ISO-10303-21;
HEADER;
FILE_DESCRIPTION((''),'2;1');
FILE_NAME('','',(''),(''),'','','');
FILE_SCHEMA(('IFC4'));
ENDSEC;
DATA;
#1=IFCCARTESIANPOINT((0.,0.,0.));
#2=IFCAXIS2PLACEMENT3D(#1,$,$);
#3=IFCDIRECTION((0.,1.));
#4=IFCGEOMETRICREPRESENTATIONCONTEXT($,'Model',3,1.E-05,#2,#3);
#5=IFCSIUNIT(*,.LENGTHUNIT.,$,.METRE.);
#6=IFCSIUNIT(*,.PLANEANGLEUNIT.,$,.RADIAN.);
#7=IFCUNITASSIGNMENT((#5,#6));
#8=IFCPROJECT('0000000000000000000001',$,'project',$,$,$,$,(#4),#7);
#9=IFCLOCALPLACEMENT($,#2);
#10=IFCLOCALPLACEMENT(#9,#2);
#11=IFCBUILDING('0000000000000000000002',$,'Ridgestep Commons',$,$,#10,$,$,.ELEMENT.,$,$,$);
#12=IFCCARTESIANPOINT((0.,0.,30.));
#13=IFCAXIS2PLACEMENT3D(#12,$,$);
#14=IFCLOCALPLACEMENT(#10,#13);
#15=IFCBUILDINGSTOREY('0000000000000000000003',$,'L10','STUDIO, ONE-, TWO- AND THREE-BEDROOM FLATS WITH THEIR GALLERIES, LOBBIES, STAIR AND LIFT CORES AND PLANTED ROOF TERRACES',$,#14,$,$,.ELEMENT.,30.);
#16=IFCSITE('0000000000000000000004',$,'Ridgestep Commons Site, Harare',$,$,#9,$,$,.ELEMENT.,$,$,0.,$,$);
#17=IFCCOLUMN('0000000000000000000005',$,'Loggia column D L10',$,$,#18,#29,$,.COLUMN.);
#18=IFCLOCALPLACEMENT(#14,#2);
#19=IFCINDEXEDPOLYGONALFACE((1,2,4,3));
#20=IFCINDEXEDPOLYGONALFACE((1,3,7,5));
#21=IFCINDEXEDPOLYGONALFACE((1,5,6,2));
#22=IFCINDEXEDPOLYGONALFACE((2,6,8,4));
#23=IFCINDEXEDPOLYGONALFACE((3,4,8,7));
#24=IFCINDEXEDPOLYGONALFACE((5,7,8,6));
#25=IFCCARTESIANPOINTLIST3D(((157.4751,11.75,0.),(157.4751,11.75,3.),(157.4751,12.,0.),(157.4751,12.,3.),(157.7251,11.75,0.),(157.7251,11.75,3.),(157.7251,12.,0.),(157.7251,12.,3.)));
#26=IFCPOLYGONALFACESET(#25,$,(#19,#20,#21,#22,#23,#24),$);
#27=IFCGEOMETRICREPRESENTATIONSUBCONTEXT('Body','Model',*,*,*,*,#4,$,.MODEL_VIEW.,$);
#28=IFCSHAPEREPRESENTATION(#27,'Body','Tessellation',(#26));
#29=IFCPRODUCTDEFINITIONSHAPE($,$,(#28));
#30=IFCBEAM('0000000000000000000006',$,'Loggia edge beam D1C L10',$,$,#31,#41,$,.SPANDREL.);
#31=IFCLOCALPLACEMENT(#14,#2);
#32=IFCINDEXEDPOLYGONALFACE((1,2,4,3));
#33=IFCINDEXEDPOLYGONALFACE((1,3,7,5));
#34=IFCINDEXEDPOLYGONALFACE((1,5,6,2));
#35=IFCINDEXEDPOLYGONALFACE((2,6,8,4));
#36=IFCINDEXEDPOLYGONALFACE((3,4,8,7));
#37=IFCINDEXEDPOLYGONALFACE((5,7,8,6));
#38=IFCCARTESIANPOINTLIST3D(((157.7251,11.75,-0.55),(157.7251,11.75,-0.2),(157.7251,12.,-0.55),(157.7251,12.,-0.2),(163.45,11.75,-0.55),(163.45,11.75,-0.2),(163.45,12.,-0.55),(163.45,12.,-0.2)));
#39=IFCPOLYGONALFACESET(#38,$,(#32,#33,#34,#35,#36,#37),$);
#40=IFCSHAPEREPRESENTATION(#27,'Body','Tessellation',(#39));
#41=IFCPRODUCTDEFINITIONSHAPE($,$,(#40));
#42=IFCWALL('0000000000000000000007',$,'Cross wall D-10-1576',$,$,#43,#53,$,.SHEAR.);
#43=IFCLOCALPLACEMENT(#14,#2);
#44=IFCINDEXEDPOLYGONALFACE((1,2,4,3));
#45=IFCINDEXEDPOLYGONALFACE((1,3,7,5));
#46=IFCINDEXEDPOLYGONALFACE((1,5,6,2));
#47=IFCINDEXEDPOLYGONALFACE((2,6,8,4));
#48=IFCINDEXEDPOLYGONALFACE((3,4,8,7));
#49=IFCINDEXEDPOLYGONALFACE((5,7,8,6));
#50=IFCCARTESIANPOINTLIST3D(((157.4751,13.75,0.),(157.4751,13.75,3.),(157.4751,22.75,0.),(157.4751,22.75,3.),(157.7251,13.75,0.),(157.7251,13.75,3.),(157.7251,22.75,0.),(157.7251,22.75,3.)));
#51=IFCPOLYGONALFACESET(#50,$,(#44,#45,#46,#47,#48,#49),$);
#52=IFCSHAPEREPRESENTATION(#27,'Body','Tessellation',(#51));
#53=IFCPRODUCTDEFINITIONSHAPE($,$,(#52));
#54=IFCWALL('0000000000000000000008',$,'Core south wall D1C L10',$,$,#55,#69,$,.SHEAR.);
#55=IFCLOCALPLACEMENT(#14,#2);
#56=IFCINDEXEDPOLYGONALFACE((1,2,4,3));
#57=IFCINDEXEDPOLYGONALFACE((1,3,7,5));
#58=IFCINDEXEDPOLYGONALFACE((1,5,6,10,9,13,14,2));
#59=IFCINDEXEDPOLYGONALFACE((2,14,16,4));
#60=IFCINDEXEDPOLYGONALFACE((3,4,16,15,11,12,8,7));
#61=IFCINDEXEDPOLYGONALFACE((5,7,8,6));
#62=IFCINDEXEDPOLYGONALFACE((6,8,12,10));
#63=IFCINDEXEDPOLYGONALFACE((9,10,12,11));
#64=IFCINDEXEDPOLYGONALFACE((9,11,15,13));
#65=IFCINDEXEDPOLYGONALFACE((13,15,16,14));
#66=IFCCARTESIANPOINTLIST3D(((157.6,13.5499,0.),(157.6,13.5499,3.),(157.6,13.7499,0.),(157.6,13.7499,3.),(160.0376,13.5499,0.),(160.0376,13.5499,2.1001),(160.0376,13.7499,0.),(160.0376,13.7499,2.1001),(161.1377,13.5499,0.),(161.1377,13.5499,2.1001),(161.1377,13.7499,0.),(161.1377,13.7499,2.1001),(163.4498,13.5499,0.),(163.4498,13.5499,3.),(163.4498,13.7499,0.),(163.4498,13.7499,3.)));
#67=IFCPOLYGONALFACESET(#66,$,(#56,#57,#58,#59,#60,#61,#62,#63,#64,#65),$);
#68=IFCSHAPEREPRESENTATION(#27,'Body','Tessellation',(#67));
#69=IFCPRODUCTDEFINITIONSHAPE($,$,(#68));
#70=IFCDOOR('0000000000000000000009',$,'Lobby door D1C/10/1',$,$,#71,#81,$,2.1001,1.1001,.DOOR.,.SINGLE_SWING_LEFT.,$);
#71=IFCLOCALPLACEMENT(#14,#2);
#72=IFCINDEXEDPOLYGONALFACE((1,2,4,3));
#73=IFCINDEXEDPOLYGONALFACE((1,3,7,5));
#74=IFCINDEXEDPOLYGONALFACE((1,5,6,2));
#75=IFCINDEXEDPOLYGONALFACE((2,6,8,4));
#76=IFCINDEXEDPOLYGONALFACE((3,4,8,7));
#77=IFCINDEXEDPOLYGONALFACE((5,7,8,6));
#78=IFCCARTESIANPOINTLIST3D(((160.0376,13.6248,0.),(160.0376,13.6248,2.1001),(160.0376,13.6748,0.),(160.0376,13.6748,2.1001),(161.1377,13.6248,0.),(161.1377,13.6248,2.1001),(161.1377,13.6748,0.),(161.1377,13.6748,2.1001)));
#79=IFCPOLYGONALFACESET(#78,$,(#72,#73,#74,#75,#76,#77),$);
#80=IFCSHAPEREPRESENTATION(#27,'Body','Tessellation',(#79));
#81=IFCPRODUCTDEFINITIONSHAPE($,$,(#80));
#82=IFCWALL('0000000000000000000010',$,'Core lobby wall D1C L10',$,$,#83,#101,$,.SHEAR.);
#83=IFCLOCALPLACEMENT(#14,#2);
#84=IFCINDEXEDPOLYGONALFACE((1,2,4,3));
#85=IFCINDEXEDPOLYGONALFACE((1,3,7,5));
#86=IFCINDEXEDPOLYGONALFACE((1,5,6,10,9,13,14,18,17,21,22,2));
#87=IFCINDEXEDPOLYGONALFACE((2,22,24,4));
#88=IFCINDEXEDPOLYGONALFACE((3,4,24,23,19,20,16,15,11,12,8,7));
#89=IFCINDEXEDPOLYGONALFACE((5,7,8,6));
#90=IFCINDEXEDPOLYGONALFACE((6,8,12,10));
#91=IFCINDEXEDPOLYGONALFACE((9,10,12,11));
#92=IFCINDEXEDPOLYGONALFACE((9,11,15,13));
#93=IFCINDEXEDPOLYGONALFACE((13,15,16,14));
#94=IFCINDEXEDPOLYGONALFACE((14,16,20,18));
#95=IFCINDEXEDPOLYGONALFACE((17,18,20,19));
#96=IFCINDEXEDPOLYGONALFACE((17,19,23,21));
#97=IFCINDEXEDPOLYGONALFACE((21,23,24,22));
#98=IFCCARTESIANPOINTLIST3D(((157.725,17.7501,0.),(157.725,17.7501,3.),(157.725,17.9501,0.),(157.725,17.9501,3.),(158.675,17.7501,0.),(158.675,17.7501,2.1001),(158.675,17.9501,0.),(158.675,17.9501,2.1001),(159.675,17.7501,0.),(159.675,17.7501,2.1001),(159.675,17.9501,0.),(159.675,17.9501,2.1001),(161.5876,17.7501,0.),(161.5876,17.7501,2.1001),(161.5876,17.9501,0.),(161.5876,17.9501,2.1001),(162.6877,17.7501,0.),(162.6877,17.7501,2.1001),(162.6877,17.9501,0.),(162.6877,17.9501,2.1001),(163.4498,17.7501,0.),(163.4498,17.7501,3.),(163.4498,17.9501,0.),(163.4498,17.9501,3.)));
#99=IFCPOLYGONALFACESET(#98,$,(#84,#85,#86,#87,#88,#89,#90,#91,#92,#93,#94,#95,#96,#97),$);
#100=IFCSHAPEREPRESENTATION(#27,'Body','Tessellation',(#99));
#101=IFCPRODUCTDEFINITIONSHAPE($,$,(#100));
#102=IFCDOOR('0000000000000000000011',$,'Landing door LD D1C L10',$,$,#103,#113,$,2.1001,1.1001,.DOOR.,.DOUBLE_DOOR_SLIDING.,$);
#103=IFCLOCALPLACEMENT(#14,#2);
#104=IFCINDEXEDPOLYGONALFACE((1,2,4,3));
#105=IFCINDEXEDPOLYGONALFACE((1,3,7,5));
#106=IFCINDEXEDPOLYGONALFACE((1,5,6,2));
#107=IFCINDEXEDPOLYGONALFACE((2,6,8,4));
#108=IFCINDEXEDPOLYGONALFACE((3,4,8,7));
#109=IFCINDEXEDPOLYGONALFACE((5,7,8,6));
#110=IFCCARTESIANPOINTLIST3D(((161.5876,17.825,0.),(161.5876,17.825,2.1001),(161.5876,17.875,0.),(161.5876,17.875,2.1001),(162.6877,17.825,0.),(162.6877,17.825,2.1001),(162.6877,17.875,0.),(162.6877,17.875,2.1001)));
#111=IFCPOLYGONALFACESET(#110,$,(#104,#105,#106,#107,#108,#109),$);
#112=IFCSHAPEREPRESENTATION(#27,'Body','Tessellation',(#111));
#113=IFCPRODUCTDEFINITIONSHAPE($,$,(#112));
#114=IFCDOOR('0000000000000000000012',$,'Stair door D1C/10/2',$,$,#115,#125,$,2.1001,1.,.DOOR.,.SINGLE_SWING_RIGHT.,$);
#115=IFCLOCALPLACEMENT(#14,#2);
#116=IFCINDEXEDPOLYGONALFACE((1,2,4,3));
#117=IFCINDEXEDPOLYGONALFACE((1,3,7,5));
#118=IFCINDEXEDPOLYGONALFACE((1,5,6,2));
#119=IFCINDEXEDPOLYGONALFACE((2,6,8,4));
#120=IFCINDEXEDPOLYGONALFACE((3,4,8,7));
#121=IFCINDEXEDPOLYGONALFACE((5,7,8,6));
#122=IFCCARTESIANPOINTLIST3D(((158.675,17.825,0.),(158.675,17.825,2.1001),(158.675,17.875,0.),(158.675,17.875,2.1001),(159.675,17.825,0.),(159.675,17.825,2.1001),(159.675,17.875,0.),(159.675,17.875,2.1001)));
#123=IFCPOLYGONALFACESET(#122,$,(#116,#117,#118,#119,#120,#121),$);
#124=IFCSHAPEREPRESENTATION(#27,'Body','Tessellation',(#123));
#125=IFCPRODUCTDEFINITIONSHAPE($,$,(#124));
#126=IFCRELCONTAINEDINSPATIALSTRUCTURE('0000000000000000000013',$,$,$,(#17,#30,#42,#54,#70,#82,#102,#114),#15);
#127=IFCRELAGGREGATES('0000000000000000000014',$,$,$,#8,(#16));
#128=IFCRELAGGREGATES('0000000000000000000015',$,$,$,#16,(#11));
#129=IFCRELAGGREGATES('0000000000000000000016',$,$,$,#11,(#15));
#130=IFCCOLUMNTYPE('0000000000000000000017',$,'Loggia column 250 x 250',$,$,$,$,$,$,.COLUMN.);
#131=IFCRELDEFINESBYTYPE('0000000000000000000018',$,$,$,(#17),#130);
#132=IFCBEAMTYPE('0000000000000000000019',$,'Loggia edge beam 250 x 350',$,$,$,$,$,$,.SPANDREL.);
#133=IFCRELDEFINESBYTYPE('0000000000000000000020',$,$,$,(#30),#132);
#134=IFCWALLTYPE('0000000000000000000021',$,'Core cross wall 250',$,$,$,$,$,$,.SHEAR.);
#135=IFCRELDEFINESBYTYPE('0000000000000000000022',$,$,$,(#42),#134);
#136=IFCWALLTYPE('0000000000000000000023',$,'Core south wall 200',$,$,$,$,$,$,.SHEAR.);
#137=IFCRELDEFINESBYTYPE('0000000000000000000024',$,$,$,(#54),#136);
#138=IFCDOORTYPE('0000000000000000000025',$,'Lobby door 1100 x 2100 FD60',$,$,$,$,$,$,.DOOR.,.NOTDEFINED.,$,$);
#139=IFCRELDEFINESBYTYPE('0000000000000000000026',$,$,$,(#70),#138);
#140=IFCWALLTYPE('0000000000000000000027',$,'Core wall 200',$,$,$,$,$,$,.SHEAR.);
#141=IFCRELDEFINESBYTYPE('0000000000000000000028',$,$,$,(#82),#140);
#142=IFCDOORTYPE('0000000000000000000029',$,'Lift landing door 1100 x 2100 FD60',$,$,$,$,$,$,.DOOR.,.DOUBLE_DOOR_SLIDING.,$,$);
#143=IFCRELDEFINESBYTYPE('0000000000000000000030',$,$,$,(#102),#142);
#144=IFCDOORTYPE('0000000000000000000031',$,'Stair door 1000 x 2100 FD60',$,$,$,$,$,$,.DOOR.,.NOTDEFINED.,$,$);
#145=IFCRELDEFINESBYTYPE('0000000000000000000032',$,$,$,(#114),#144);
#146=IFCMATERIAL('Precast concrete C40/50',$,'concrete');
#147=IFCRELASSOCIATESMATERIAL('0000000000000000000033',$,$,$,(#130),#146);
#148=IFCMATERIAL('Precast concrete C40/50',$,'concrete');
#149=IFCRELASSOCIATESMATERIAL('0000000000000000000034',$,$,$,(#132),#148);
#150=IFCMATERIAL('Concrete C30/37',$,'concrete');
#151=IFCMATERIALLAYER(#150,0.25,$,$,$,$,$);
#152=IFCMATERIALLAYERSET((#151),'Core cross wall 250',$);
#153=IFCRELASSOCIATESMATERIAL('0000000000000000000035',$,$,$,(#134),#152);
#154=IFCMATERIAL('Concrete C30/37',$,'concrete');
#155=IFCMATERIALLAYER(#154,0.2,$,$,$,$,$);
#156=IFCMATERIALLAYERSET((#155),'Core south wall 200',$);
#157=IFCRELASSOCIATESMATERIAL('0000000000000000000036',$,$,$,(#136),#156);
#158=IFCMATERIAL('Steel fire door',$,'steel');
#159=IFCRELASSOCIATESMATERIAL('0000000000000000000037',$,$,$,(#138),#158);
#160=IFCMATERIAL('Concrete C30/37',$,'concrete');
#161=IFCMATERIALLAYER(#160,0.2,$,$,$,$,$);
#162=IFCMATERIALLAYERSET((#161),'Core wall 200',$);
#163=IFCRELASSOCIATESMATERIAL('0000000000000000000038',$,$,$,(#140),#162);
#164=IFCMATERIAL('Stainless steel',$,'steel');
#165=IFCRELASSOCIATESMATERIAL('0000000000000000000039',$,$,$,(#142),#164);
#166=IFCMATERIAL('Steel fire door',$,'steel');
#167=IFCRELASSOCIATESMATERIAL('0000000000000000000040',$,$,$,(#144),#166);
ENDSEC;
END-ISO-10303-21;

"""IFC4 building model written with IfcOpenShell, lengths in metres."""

from ifc_helpers import new_model, si_unit, direction, frame, frame_2d, origin, origin_2d, place, context, subcontext, project, spatial, rectangle, extrude, material, layer, layer_set, material_profile, profile_set, type_object, element, fill, save


model = new_model("IFC4")

# Units and contexts
model_context = context("Model", 3, precision=1e-05, world=origin(), true_north=direction((0.0, 1.0)))
body_context = subcontext(model_context, "Body", "Model", "MODEL_VIEW")
ifc_project = project(units=[si_unit("LENGTHUNIT", "METRE"), si_unit("PLANEANGLEUNIT", "RADIAN")], contexts=[model_context])

# Site, building, storey
site_placement = place(None, origin())
site = spatial("IfcSite", under=ifc_project, at=site_placement, Name="Ridgestep Commons Site, Harare", CompositionType="ELEMENT", RefElevation=0.0)
building_placement = place(site_placement, origin())
building = spatial("IfcBuilding", under=site, at=building_placement, Name="Ridgestep Commons", CompositionType="ELEMENT")
storey_placement = place(building_placement, frame((0.0, 0.0, 30.0)))
storey = spatial("IfcBuildingStorey", under=building, at=storey_placement, Name="L10", Description="STUDIO, ONE-, TWO- AND THREE-BEDROOM FLATS WITH THEIR GALLERIES, LOBBIES, STAIR AND LIFT CORES AND PLANTED ROOF TERRACES", CompositionType="ELEMENT", Elevation=30.0)

# Column
ifc_material_1 = material(Name="Precast concrete C40/50", Category="concrete")
ifc_material_profile_1 = material_profile(ifc_material_1, rectangle(XDim=0.25, YDim=0.25, at=origin_2d()), Name="PC 250x250")
ifc_profile_set_1 = profile_set([ifc_material_profile_1], Name="Precast concrete C40/50")
column_type = type_object("IfcColumnType", Name="Loggia column 250 x 250", PredefinedType="COLUMN", material=ifc_profile_set_1)
column_placement = place(storey_placement, frame((157.6001, 11.875, 0.0), z_axis=(0.0, 0.0, 1.0), x_axis=(1.0, 0.0, 0.0)))
element("IfcColumn", 1, at=column_placement, inside=storey, type_object=column_type, Name="Loggia column D L10", PredefinedType="COLUMN", context=body_context, shape_type="SweptSolid", body=[
    extrude(rectangle(XDim=0.25, YDim=0.25, at=origin_2d()), origin(), (0.0, 0.0, 1.0), 3.0),
])

# Beam
ifc_material_2 = material(Name="Precast concrete C40/50", Category="concrete")
ifc_material_profile_2 = material_profile(ifc_material_2, rectangle(XDim=0.25, YDim=0.3501, at=origin_2d()), Name="PC 250x350")
ifc_profile_set_2 = profile_set([ifc_material_profile_2], Name="Precast concrete C40/50")
beam_type = type_object("IfcBeamType", Name="Loggia edge beam 250 x 350", PredefinedType="SPANDREL", material=ifc_profile_set_2)
beam_placement = place(storey_placement, frame((157.7251, 11.875, -0.375), z_axis=(1.0, 0.0, 0.0), x_axis=(0.0, 1.0, 0.0)))
element("IfcBeam", 2, at=beam_placement, inside=storey, type_object=beam_type, Name="Loggia edge beam D1C L10", PredefinedType="SPANDREL", context=body_context, shape_type="SweptSolid", body=[
    extrude(rectangle(XDim=0.25, YDim=0.3501, at=origin_2d()), origin(), (0.0, 0.0, 1.0), 5.7249),
])

# Wall
ifc_material_3 = material(Name="Concrete C30/37", Category="concrete")
ifc_layer_1 = layer(ifc_material_3, 0.25)
ifc_layer_set_1 = layer_set([ifc_layer_1], Name="Core cross wall 250")
wall_type_1 = type_object("IfcWallType", Name="Core cross wall 250", PredefinedType="SHEAR", material=ifc_layer_set_1)
wall_1_placement = place(storey_placement, frame((157.6001, 13.75, 0.0), z_axis=(0.0, 0.0, 1.0), x_axis=(0.0, 1.0, 0.0)))
element("IfcWall", 3, at=wall_1_placement, inside=storey, type_object=wall_type_1, Name="Cross wall D-10-1576", PredefinedType="SHEAR", context=body_context, shape_type="SweptSolid", body=[
    extrude(rectangle(XDim=9.0, YDim=0.25, at=frame_2d((4.5, 0.0))), origin(), (0.0, 0.0, 1.0), 3.0),
])

# Wall, opening, door
ifc_material_4 = material(Name="Concrete C30/37", Category="concrete")
ifc_layer_2 = layer(ifc_material_4, 0.2)
ifc_layer_set_2 = layer_set([ifc_layer_2], Name="Core south wall 200")
wall_type_2 = type_object("IfcWallType", Name="Core south wall 200", PredefinedType="SHEAR", material=ifc_layer_set_2)
wall_2_placement = place(storey_placement, frame((157.6001, 13.6499, 0.0), z_axis=(0.0, 0.0, 1.0), x_axis=(1.0, 0.0, 0.0)))
wall_2 = element("IfcWall", 4, at=wall_2_placement, inside=storey, type_object=wall_type_2, Name="Core south wall D1C L10", PredefinedType="SHEAR", context=body_context, shape_type="SweptSolid", body=[
    extrude(rectangle(XDim=5.8499, YDim=0.2, at=frame_2d((2.9248, 0.0))), origin(), (0.0, 0.0, 1.0), 3.0),
])
opening_1_placement = place(wall_2_placement, frame((2.4375, 0.0, 0.0)))
opening_1 = element("IfcOpeningElement", 5, at=opening_1_placement, cuts=wall_2, PredefinedType="OPENING", context=body_context, shape_type="SweptSolid", body=[
    extrude(rectangle(XDim=1.1001, YDim=2.1001, at=frame_2d((0.55, 1.05))), frame((0.0, 0.1099, 0.0), z_axis=(0.0, -1.0, 0.0), x_axis=(1.0, 0.0, 0.0)), (0.0, 0.0, 1.0), 0.22),
])
ifc_material_5 = material(Name="Steel fire door", Category="steel")
door_type_1 = type_object("IfcDoorType", Name="Lobby door 1100 x 2100 FD60", OperationType="NOTDEFINED", PredefinedType="DOOR", material=ifc_material_5)
door_1_placement = place(opening_1_placement, origin())
door_1 = element("IfcDoor", 6, at=door_1_placement, inside=storey, type_object=door_type_1, Name="Lobby door D1C/10/1", OperationType="SINGLE_SWING_LEFT", OverallHeight=2.1001, OverallWidth=1.1001, PredefinedType="DOOR", context=body_context, shape_type="SweptSolid", body=[
    extrude(rectangle(XDim=1.1001, YDim=2.1001, at=frame_2d((0.55, 1.05))), frame((0.0, 0.0249, 0.0), z_axis=(0.0, -1.0, 0.0), x_axis=(1.0, 0.0, 0.0)), (0.0, 0.0, 1.0), 0.05),
])
fill(opening_1, door_1)

# Wall, openings, doors
ifc_material_6 = material(Name="Concrete C30/37", Category="concrete")
ifc_layer_3 = layer(ifc_material_6, 0.2)
ifc_layer_set_3 = layer_set([ifc_layer_3], Name="Core wall 200")
wall_type_3 = type_object("IfcWallType", Name="Core wall 200", PredefinedType="SHEAR", material=ifc_layer_set_3)
wall_3_placement = place(storey_placement, frame((157.7251, 17.8501, 0.0), z_axis=(0.0, 0.0, 1.0), x_axis=(1.0, 0.0, 0.0)))
wall_3 = element("IfcWall", 7, at=wall_3_placement, inside=storey, type_object=wall_type_3, Name="Core lobby wall D1C L10", PredefinedType="SHEAR", context=body_context, shape_type="SweptSolid", body=[
    extrude(rectangle(XDim=5.7249, YDim=0.2, at=frame_2d((2.8623, 0.0))), origin(), (0.0, 0.0, 1.0), 3.0),
])
opening_2_placement = place(wall_3_placement, frame((0.95, 0.0, 0.0)))
opening_2 = element("IfcOpeningElement", 8, at=opening_2_placement, cuts=wall_3, PredefinedType="OPENING", context=body_context, shape_type="SweptSolid", body=[
    extrude(rectangle(XDim=1.0, YDim=2.1001, at=frame_2d((0.5, 1.05))), frame((0.0, 0.1099, 0.0), z_axis=(0.0, -1.0, 0.0), x_axis=(1.0, 0.0, 0.0)), (0.0, 0.0, 1.0), 0.22),
])
opening_3_placement = place(wall_3_placement, frame((3.8625, 0.0, 0.0)))
opening_3 = element("IfcOpeningElement", 9, at=opening_3_placement, cuts=wall_3, PredefinedType="OPENING", context=body_context, shape_type="SweptSolid", body=[
    extrude(rectangle(XDim=1.1001, YDim=2.1001, at=frame_2d((0.55, 1.05))), frame((0.0, 0.1099, 0.0), z_axis=(0.0, -1.0, 0.0), x_axis=(1.0, 0.0, 0.0)), (0.0, 0.0, 1.0), 0.22),
])
ifc_material_7 = material(Name="Stainless steel", Category="steel")
door_type_2 = type_object("IfcDoorType", Name="Lift landing door 1100 x 2100 FD60", OperationType="DOUBLE_DOOR_SLIDING", PredefinedType="DOOR", material=ifc_material_7)
door_2_placement = place(opening_3_placement, origin())
door_2 = element("IfcDoor", 10, at=door_2_placement, inside=storey, type_object=door_type_2, Name="Landing door LD D1C L10", OperationType="DOUBLE_DOOR_SLIDING", OverallHeight=2.1001, OverallWidth=1.1001, PredefinedType="DOOR", context=body_context, shape_type="SweptSolid", body=[
    extrude(rectangle(XDim=1.1001, YDim=2.1001, at=frame_2d((0.55, 1.05))), frame((0.0, 0.0249, 0.0), z_axis=(0.0, -1.0, 0.0), x_axis=(1.0, 0.0, 0.0)), (0.0, 0.0, 1.0), 0.05),
])
fill(opening_3, door_2)
ifc_material_8 = material(Name="Steel fire door", Category="steel")
door_type_3 = type_object("IfcDoorType", Name="Stair door 1000 x 2100 FD60", OperationType="NOTDEFINED", PredefinedType="DOOR", material=ifc_material_8)
door_3_placement = place(opening_2_placement, origin())
door_3 = element("IfcDoor", 11, at=door_3_placement, inside=storey, type_object=door_type_3, Name="Stair door D1C/10/2", OperationType="SINGLE_SWING_RIGHT", OverallHeight=2.1001, OverallWidth=1.0, PredefinedType="DOOR", context=body_context, shape_type="SweptSolid", body=[
    extrude(rectangle(XDim=1.0, YDim=2.1001, at=frame_2d((0.5, 1.05))), frame((0.0, 0.0249, 0.0), z_axis=(0.0, -1.0, 0.0), x_axis=(1.0, 0.0, 0.0)), (0.0, 0.0, 1.0), 0.05),
])
fill(opening_2, door_3)

save(model, "model.ifc")
